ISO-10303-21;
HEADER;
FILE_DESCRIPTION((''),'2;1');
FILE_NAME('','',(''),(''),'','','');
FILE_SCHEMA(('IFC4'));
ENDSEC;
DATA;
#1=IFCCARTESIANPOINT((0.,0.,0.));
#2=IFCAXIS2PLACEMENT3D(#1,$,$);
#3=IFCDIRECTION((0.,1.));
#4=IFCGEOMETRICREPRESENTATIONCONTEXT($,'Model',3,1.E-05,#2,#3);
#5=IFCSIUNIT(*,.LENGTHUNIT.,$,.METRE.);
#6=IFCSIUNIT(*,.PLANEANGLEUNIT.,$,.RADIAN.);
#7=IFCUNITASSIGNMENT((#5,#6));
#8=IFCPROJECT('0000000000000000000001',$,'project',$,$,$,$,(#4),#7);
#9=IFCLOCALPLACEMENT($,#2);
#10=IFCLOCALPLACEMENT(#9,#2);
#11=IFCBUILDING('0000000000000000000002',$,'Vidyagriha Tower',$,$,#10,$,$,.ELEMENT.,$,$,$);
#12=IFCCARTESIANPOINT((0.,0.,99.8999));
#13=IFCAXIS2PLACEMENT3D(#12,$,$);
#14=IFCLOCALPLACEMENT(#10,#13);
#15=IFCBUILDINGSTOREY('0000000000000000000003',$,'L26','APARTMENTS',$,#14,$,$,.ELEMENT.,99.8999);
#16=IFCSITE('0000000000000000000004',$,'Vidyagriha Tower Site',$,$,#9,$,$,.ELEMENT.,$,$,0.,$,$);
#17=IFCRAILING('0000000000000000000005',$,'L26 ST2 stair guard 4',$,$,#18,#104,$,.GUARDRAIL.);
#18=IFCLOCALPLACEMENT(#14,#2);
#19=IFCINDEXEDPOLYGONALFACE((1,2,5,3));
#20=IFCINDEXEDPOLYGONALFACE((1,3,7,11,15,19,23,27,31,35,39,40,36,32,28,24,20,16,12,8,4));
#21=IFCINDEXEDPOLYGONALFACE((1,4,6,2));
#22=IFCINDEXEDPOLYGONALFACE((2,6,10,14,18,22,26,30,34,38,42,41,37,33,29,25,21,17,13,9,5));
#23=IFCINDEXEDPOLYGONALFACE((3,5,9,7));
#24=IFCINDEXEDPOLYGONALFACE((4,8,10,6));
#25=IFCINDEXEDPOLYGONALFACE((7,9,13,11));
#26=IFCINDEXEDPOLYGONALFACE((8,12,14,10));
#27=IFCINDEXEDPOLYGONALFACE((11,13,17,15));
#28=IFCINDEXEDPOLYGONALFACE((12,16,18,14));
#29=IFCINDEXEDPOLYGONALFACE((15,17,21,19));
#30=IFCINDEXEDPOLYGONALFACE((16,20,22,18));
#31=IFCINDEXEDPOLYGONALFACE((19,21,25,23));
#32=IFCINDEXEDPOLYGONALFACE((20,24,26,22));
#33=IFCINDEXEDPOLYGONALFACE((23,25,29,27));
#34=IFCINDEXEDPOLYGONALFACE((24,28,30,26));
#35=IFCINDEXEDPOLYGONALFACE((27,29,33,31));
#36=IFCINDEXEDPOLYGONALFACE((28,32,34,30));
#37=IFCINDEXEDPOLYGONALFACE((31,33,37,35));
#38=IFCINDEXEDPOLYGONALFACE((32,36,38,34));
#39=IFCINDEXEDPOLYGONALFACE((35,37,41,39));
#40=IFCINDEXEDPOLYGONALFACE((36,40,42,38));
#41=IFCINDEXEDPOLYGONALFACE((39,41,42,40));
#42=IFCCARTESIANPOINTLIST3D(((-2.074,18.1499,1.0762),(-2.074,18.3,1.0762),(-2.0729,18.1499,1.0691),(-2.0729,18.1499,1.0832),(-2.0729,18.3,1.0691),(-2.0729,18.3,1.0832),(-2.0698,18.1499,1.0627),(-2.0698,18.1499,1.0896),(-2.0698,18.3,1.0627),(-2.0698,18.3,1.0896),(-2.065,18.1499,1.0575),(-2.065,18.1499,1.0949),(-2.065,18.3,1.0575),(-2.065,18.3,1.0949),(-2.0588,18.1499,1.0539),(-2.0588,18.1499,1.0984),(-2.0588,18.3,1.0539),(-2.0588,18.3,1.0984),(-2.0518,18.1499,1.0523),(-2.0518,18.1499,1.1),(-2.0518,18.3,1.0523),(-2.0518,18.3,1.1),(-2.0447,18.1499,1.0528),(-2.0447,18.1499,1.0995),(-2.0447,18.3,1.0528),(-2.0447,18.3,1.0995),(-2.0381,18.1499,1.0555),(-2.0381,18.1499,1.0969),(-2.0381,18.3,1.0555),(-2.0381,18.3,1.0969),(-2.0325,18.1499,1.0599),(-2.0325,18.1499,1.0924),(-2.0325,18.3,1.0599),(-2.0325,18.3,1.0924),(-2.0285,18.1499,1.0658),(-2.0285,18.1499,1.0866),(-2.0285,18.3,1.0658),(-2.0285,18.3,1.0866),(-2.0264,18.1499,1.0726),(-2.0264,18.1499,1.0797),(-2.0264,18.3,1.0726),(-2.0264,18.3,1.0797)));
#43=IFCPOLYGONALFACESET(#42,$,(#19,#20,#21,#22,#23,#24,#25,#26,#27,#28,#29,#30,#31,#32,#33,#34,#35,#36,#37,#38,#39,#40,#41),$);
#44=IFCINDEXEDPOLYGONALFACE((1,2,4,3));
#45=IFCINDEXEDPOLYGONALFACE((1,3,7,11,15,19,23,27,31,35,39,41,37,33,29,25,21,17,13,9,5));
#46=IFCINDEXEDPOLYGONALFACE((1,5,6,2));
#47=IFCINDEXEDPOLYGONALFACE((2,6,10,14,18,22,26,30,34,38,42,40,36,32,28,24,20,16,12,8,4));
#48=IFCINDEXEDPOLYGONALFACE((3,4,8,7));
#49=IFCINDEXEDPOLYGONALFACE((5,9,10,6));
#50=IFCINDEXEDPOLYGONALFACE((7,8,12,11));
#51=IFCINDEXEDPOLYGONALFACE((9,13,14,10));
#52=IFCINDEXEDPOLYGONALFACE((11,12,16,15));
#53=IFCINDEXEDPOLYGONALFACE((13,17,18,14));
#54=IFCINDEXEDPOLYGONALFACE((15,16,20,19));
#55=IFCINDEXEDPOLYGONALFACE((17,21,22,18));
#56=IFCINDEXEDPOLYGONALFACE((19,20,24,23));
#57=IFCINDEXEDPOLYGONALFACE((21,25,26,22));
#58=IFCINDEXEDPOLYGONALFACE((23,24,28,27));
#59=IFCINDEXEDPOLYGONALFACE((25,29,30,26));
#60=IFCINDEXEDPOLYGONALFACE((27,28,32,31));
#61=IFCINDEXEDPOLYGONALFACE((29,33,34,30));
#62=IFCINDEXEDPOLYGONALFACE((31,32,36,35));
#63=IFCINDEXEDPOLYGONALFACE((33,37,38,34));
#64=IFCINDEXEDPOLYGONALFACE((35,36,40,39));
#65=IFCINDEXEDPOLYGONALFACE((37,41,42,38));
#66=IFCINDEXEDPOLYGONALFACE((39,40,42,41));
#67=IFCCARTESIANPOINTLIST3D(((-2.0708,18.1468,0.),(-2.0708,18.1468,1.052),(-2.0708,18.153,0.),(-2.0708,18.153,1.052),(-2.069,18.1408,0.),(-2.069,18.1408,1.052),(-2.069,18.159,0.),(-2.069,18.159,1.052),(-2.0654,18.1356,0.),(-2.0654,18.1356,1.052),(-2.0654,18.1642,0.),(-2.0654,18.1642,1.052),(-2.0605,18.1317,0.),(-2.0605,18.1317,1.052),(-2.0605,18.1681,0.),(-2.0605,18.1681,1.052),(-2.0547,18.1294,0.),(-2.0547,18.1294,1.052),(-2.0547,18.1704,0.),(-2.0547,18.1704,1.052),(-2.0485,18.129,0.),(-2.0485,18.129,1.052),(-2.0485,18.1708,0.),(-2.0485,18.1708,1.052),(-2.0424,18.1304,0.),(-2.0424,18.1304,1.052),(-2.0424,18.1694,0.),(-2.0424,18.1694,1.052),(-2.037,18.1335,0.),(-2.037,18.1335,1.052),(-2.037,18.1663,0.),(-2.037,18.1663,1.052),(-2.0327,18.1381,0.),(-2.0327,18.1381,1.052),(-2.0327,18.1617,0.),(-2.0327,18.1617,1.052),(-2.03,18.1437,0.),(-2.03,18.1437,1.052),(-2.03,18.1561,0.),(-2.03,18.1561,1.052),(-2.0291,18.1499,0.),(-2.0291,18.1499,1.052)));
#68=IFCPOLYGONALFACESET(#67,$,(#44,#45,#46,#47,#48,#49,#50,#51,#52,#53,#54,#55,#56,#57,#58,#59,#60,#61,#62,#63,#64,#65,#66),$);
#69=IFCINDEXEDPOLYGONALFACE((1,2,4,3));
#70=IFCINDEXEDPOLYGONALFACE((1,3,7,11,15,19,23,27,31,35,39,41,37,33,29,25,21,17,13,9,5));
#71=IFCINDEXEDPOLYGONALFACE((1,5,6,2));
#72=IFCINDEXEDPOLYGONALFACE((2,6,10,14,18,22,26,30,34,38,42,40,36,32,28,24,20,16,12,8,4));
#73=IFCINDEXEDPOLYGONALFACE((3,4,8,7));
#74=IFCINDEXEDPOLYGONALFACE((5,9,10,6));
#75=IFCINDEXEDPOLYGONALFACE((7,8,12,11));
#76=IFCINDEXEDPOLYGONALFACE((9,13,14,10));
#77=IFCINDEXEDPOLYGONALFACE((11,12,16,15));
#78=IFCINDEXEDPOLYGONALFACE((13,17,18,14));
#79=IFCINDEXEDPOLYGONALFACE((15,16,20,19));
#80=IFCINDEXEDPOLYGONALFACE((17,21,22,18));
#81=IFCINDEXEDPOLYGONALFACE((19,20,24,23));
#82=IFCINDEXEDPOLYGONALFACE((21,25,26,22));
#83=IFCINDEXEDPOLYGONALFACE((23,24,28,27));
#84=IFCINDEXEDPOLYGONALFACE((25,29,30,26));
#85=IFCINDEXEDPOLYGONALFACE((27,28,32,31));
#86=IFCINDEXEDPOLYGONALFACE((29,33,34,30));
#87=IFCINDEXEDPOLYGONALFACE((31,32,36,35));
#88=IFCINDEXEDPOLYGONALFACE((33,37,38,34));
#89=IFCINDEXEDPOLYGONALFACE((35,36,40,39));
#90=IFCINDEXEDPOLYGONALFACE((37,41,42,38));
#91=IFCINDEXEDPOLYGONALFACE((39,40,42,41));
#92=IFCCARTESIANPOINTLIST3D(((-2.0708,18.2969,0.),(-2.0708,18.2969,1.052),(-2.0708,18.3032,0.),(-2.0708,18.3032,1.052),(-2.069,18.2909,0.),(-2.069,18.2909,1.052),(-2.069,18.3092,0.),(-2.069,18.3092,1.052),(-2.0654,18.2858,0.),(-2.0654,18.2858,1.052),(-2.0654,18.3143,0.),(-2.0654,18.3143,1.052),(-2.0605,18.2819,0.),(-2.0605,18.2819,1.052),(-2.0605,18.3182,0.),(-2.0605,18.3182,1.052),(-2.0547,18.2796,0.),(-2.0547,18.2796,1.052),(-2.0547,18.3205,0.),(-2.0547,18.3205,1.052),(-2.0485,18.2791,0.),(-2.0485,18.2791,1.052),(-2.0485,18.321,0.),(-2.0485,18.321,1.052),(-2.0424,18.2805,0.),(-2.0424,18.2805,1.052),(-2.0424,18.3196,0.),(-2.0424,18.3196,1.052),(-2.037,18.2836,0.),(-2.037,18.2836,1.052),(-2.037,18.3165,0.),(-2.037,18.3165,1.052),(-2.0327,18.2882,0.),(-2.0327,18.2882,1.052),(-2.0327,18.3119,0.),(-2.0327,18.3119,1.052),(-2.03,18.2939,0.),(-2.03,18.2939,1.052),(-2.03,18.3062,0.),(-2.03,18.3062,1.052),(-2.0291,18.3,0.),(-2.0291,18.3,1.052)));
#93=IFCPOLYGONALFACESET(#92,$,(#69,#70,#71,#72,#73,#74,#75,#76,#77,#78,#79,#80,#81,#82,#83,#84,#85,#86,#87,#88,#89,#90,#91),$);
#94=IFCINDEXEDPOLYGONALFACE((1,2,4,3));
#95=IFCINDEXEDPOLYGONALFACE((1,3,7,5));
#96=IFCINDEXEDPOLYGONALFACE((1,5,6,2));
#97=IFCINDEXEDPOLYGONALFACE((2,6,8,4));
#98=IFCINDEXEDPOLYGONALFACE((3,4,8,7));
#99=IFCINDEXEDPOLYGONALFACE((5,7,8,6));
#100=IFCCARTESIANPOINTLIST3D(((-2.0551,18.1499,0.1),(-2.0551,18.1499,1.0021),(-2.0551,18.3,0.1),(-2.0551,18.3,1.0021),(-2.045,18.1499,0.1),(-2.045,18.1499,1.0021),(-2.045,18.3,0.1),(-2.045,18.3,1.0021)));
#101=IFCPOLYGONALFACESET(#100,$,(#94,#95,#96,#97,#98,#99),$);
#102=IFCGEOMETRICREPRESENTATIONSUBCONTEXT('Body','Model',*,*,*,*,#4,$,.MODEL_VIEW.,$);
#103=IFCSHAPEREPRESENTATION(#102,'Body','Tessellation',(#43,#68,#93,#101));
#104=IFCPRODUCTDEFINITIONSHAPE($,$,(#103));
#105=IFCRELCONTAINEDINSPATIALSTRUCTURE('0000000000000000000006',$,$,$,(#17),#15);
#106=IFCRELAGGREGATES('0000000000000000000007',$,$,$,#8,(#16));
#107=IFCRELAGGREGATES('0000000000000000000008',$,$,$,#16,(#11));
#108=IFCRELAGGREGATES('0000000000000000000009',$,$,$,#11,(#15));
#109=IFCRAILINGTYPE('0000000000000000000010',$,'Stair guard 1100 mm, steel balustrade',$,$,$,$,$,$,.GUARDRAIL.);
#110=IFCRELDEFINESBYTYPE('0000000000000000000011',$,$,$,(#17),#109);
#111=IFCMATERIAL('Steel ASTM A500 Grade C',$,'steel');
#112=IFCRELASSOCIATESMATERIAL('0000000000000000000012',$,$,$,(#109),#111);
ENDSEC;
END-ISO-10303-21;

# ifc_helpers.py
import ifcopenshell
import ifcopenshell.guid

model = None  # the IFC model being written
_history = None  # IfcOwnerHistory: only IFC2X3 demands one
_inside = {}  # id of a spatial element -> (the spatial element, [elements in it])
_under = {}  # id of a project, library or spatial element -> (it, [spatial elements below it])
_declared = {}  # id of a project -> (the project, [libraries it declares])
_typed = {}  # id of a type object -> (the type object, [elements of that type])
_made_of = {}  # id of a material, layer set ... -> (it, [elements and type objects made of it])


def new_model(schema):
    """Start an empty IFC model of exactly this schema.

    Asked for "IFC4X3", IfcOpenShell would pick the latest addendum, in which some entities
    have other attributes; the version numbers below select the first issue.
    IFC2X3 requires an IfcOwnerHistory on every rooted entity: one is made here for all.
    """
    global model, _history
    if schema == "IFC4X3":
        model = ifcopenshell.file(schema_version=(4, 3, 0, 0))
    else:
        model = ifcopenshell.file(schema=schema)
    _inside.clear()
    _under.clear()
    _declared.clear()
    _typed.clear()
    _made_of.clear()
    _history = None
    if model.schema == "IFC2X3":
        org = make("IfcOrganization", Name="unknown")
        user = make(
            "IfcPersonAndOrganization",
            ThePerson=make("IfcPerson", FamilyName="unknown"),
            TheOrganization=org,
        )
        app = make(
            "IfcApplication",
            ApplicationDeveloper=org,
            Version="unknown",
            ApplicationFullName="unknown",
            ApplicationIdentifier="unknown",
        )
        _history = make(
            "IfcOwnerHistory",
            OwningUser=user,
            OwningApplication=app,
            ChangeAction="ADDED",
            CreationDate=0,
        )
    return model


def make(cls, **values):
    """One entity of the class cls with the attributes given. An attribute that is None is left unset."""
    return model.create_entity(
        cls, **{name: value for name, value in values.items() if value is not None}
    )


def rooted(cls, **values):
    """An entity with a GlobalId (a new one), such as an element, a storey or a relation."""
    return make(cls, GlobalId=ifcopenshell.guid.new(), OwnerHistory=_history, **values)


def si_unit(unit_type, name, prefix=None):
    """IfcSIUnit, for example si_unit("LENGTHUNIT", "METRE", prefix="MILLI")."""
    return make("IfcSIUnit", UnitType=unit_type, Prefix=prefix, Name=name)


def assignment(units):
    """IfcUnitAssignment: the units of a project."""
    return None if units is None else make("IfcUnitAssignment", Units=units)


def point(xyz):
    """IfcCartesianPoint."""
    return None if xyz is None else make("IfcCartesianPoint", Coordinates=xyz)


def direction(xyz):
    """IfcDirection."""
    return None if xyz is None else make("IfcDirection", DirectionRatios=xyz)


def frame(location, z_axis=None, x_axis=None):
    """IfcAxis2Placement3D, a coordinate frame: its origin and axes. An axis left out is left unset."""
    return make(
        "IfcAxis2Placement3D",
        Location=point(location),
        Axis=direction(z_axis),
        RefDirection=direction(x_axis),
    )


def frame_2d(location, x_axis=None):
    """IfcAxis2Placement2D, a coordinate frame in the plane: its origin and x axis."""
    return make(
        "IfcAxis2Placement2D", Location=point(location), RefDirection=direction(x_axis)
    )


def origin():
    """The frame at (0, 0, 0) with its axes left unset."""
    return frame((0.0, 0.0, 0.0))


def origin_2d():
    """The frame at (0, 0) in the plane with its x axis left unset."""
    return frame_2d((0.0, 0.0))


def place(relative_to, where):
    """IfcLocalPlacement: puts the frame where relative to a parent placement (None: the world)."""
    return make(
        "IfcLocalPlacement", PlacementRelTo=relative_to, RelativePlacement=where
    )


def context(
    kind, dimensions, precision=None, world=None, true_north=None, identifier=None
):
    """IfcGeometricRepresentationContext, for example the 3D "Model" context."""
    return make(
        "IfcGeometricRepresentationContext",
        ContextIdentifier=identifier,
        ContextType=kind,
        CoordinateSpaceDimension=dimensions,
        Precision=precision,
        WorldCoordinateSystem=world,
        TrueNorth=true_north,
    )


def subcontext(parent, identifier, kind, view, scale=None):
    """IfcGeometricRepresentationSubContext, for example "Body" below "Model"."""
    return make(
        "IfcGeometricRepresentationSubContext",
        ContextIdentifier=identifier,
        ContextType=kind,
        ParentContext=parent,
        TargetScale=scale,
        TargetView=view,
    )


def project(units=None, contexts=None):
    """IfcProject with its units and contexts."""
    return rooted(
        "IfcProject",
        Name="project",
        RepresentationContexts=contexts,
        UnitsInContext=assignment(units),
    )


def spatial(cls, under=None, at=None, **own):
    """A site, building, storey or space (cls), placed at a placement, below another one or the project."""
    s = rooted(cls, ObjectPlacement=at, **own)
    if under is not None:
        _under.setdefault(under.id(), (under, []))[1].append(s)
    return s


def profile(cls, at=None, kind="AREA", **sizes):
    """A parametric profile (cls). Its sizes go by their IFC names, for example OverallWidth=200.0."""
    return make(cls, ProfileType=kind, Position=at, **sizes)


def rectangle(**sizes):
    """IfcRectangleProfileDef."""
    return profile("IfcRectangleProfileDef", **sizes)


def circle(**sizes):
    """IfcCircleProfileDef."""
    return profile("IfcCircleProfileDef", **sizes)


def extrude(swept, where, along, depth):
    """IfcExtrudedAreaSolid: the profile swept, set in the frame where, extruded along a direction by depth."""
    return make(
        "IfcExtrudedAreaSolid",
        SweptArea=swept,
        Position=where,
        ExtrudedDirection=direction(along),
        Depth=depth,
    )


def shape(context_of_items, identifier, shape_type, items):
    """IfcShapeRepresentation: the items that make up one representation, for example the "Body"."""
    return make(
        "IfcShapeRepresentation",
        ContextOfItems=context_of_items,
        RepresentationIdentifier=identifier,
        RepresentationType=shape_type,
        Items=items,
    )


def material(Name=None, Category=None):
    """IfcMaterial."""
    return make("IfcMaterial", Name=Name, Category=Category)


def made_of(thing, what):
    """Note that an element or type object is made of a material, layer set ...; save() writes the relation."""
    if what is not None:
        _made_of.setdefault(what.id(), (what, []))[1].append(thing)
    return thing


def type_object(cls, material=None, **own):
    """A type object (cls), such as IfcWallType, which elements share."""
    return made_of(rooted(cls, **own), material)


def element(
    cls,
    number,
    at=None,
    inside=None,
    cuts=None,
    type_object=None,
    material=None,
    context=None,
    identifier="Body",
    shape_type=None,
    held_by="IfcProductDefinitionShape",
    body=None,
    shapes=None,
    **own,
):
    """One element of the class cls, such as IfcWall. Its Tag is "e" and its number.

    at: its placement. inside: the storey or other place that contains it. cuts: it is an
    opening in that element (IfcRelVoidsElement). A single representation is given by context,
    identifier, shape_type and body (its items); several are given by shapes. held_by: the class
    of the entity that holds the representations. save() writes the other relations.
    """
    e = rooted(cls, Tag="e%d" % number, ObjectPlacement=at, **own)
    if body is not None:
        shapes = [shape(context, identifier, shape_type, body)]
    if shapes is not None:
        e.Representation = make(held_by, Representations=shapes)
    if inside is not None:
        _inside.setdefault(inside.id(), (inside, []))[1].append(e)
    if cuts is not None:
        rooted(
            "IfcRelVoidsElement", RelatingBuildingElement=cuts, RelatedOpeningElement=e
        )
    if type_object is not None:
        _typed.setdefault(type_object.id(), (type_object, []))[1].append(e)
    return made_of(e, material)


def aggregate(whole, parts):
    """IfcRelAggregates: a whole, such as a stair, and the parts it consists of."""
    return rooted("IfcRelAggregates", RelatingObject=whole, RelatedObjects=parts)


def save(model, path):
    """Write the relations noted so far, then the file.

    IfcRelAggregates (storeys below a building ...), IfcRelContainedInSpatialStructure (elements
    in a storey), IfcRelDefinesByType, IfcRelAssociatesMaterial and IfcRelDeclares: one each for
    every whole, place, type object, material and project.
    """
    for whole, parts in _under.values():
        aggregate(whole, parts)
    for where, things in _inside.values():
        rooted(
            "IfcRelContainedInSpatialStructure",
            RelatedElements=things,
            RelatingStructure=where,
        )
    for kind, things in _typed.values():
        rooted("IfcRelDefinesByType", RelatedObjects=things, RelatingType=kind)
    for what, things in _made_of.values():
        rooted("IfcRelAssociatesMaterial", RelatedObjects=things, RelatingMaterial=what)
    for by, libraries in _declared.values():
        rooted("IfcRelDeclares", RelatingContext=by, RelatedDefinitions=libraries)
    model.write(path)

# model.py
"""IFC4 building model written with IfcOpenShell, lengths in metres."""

from ifc_helpers import new_model, si_unit, direction, frame, origin, origin_2d, place, context, subcontext, project, spatial, rectangle, circle, extrude, material, type_object, element, save


model = new_model("IFC4")

# Units and contexts
model_context = context("Model", 3, precision=1e-05, world=origin(), true_north=direction((0.0, 1.0)))
body_context = subcontext(model_context, "Body", "Model", "MODEL_VIEW")
ifc_project = project(units=[si_unit("LENGTHUNIT", "METRE"), si_unit("PLANEANGLEUNIT", "RADIAN")], contexts=[model_context])

# Site, building, storey
site_placement = place(None, origin())
site = spatial("IfcSite", under=ifc_project, at=site_placement, Name="Vidyagriha Tower Site", CompositionType="ELEMENT", RefElevation=0.0)
building_placement = place(site_placement, origin())
building = spatial("IfcBuilding", under=site, at=building_placement, Name="Vidyagriha Tower", CompositionType="ELEMENT")
storey_placement = place(building_placement, frame((0.0, 0.0, 99.8999)))
storey = spatial("IfcBuildingStorey", under=building, at=storey_placement, Name="L26", Description="APARTMENTS", CompositionType="ELEMENT", Elevation=99.8999)

# Railing
ifc_material_1 = material(Name="Steel ASTM A500 Grade C", Category="steel")
railing_type_1 = type_object("IfcRailingType", Name="Stair guard 1100 mm, steel balustrade", PredefinedType="GUARDRAIL", material=ifc_material_1)
railing_1_placement = place(storey_placement, frame((-2.05, 18.1499, 0.0)))
element("IfcRailing", 1, at=railing_1_placement, inside=storey, type_object=railing_type_1, Name="L26 ST2 stair guard 4", PredefinedType="GUARDRAIL", context=body_context, shape_type="SweptSolid", body=[
    extrude(circle(Radius=0.0239, at=origin_2d()), frame((0.0, 0.0, 1.0762), z_axis=(0.0, 1.0, 0.0), x_axis=(-1.0, 0.0, 0.0)), (0.0, 0.0, 1.0), 0.1501),
    extrude(circle(Radius=0.021, at=origin_2d()), origin(), (0.0, 0.0, 1.0), 1.052),
    extrude(circle(Radius=0.021, at=origin_2d()), frame((0.0, 0.1501, 0.0)), (0.0, 0.0, 1.0), 1.052),
    extrude(rectangle(XDim=0.01, YDim=0.9021, at=origin_2d()), frame((0.0, 0.0, 0.551), z_axis=(0.0, 1.0, 0.0), x_axis=(-1.0, 0.0, 0.0)), (0.0, 0.0, 1.0), 0.1501),
])

save(model, "model.ifc")
